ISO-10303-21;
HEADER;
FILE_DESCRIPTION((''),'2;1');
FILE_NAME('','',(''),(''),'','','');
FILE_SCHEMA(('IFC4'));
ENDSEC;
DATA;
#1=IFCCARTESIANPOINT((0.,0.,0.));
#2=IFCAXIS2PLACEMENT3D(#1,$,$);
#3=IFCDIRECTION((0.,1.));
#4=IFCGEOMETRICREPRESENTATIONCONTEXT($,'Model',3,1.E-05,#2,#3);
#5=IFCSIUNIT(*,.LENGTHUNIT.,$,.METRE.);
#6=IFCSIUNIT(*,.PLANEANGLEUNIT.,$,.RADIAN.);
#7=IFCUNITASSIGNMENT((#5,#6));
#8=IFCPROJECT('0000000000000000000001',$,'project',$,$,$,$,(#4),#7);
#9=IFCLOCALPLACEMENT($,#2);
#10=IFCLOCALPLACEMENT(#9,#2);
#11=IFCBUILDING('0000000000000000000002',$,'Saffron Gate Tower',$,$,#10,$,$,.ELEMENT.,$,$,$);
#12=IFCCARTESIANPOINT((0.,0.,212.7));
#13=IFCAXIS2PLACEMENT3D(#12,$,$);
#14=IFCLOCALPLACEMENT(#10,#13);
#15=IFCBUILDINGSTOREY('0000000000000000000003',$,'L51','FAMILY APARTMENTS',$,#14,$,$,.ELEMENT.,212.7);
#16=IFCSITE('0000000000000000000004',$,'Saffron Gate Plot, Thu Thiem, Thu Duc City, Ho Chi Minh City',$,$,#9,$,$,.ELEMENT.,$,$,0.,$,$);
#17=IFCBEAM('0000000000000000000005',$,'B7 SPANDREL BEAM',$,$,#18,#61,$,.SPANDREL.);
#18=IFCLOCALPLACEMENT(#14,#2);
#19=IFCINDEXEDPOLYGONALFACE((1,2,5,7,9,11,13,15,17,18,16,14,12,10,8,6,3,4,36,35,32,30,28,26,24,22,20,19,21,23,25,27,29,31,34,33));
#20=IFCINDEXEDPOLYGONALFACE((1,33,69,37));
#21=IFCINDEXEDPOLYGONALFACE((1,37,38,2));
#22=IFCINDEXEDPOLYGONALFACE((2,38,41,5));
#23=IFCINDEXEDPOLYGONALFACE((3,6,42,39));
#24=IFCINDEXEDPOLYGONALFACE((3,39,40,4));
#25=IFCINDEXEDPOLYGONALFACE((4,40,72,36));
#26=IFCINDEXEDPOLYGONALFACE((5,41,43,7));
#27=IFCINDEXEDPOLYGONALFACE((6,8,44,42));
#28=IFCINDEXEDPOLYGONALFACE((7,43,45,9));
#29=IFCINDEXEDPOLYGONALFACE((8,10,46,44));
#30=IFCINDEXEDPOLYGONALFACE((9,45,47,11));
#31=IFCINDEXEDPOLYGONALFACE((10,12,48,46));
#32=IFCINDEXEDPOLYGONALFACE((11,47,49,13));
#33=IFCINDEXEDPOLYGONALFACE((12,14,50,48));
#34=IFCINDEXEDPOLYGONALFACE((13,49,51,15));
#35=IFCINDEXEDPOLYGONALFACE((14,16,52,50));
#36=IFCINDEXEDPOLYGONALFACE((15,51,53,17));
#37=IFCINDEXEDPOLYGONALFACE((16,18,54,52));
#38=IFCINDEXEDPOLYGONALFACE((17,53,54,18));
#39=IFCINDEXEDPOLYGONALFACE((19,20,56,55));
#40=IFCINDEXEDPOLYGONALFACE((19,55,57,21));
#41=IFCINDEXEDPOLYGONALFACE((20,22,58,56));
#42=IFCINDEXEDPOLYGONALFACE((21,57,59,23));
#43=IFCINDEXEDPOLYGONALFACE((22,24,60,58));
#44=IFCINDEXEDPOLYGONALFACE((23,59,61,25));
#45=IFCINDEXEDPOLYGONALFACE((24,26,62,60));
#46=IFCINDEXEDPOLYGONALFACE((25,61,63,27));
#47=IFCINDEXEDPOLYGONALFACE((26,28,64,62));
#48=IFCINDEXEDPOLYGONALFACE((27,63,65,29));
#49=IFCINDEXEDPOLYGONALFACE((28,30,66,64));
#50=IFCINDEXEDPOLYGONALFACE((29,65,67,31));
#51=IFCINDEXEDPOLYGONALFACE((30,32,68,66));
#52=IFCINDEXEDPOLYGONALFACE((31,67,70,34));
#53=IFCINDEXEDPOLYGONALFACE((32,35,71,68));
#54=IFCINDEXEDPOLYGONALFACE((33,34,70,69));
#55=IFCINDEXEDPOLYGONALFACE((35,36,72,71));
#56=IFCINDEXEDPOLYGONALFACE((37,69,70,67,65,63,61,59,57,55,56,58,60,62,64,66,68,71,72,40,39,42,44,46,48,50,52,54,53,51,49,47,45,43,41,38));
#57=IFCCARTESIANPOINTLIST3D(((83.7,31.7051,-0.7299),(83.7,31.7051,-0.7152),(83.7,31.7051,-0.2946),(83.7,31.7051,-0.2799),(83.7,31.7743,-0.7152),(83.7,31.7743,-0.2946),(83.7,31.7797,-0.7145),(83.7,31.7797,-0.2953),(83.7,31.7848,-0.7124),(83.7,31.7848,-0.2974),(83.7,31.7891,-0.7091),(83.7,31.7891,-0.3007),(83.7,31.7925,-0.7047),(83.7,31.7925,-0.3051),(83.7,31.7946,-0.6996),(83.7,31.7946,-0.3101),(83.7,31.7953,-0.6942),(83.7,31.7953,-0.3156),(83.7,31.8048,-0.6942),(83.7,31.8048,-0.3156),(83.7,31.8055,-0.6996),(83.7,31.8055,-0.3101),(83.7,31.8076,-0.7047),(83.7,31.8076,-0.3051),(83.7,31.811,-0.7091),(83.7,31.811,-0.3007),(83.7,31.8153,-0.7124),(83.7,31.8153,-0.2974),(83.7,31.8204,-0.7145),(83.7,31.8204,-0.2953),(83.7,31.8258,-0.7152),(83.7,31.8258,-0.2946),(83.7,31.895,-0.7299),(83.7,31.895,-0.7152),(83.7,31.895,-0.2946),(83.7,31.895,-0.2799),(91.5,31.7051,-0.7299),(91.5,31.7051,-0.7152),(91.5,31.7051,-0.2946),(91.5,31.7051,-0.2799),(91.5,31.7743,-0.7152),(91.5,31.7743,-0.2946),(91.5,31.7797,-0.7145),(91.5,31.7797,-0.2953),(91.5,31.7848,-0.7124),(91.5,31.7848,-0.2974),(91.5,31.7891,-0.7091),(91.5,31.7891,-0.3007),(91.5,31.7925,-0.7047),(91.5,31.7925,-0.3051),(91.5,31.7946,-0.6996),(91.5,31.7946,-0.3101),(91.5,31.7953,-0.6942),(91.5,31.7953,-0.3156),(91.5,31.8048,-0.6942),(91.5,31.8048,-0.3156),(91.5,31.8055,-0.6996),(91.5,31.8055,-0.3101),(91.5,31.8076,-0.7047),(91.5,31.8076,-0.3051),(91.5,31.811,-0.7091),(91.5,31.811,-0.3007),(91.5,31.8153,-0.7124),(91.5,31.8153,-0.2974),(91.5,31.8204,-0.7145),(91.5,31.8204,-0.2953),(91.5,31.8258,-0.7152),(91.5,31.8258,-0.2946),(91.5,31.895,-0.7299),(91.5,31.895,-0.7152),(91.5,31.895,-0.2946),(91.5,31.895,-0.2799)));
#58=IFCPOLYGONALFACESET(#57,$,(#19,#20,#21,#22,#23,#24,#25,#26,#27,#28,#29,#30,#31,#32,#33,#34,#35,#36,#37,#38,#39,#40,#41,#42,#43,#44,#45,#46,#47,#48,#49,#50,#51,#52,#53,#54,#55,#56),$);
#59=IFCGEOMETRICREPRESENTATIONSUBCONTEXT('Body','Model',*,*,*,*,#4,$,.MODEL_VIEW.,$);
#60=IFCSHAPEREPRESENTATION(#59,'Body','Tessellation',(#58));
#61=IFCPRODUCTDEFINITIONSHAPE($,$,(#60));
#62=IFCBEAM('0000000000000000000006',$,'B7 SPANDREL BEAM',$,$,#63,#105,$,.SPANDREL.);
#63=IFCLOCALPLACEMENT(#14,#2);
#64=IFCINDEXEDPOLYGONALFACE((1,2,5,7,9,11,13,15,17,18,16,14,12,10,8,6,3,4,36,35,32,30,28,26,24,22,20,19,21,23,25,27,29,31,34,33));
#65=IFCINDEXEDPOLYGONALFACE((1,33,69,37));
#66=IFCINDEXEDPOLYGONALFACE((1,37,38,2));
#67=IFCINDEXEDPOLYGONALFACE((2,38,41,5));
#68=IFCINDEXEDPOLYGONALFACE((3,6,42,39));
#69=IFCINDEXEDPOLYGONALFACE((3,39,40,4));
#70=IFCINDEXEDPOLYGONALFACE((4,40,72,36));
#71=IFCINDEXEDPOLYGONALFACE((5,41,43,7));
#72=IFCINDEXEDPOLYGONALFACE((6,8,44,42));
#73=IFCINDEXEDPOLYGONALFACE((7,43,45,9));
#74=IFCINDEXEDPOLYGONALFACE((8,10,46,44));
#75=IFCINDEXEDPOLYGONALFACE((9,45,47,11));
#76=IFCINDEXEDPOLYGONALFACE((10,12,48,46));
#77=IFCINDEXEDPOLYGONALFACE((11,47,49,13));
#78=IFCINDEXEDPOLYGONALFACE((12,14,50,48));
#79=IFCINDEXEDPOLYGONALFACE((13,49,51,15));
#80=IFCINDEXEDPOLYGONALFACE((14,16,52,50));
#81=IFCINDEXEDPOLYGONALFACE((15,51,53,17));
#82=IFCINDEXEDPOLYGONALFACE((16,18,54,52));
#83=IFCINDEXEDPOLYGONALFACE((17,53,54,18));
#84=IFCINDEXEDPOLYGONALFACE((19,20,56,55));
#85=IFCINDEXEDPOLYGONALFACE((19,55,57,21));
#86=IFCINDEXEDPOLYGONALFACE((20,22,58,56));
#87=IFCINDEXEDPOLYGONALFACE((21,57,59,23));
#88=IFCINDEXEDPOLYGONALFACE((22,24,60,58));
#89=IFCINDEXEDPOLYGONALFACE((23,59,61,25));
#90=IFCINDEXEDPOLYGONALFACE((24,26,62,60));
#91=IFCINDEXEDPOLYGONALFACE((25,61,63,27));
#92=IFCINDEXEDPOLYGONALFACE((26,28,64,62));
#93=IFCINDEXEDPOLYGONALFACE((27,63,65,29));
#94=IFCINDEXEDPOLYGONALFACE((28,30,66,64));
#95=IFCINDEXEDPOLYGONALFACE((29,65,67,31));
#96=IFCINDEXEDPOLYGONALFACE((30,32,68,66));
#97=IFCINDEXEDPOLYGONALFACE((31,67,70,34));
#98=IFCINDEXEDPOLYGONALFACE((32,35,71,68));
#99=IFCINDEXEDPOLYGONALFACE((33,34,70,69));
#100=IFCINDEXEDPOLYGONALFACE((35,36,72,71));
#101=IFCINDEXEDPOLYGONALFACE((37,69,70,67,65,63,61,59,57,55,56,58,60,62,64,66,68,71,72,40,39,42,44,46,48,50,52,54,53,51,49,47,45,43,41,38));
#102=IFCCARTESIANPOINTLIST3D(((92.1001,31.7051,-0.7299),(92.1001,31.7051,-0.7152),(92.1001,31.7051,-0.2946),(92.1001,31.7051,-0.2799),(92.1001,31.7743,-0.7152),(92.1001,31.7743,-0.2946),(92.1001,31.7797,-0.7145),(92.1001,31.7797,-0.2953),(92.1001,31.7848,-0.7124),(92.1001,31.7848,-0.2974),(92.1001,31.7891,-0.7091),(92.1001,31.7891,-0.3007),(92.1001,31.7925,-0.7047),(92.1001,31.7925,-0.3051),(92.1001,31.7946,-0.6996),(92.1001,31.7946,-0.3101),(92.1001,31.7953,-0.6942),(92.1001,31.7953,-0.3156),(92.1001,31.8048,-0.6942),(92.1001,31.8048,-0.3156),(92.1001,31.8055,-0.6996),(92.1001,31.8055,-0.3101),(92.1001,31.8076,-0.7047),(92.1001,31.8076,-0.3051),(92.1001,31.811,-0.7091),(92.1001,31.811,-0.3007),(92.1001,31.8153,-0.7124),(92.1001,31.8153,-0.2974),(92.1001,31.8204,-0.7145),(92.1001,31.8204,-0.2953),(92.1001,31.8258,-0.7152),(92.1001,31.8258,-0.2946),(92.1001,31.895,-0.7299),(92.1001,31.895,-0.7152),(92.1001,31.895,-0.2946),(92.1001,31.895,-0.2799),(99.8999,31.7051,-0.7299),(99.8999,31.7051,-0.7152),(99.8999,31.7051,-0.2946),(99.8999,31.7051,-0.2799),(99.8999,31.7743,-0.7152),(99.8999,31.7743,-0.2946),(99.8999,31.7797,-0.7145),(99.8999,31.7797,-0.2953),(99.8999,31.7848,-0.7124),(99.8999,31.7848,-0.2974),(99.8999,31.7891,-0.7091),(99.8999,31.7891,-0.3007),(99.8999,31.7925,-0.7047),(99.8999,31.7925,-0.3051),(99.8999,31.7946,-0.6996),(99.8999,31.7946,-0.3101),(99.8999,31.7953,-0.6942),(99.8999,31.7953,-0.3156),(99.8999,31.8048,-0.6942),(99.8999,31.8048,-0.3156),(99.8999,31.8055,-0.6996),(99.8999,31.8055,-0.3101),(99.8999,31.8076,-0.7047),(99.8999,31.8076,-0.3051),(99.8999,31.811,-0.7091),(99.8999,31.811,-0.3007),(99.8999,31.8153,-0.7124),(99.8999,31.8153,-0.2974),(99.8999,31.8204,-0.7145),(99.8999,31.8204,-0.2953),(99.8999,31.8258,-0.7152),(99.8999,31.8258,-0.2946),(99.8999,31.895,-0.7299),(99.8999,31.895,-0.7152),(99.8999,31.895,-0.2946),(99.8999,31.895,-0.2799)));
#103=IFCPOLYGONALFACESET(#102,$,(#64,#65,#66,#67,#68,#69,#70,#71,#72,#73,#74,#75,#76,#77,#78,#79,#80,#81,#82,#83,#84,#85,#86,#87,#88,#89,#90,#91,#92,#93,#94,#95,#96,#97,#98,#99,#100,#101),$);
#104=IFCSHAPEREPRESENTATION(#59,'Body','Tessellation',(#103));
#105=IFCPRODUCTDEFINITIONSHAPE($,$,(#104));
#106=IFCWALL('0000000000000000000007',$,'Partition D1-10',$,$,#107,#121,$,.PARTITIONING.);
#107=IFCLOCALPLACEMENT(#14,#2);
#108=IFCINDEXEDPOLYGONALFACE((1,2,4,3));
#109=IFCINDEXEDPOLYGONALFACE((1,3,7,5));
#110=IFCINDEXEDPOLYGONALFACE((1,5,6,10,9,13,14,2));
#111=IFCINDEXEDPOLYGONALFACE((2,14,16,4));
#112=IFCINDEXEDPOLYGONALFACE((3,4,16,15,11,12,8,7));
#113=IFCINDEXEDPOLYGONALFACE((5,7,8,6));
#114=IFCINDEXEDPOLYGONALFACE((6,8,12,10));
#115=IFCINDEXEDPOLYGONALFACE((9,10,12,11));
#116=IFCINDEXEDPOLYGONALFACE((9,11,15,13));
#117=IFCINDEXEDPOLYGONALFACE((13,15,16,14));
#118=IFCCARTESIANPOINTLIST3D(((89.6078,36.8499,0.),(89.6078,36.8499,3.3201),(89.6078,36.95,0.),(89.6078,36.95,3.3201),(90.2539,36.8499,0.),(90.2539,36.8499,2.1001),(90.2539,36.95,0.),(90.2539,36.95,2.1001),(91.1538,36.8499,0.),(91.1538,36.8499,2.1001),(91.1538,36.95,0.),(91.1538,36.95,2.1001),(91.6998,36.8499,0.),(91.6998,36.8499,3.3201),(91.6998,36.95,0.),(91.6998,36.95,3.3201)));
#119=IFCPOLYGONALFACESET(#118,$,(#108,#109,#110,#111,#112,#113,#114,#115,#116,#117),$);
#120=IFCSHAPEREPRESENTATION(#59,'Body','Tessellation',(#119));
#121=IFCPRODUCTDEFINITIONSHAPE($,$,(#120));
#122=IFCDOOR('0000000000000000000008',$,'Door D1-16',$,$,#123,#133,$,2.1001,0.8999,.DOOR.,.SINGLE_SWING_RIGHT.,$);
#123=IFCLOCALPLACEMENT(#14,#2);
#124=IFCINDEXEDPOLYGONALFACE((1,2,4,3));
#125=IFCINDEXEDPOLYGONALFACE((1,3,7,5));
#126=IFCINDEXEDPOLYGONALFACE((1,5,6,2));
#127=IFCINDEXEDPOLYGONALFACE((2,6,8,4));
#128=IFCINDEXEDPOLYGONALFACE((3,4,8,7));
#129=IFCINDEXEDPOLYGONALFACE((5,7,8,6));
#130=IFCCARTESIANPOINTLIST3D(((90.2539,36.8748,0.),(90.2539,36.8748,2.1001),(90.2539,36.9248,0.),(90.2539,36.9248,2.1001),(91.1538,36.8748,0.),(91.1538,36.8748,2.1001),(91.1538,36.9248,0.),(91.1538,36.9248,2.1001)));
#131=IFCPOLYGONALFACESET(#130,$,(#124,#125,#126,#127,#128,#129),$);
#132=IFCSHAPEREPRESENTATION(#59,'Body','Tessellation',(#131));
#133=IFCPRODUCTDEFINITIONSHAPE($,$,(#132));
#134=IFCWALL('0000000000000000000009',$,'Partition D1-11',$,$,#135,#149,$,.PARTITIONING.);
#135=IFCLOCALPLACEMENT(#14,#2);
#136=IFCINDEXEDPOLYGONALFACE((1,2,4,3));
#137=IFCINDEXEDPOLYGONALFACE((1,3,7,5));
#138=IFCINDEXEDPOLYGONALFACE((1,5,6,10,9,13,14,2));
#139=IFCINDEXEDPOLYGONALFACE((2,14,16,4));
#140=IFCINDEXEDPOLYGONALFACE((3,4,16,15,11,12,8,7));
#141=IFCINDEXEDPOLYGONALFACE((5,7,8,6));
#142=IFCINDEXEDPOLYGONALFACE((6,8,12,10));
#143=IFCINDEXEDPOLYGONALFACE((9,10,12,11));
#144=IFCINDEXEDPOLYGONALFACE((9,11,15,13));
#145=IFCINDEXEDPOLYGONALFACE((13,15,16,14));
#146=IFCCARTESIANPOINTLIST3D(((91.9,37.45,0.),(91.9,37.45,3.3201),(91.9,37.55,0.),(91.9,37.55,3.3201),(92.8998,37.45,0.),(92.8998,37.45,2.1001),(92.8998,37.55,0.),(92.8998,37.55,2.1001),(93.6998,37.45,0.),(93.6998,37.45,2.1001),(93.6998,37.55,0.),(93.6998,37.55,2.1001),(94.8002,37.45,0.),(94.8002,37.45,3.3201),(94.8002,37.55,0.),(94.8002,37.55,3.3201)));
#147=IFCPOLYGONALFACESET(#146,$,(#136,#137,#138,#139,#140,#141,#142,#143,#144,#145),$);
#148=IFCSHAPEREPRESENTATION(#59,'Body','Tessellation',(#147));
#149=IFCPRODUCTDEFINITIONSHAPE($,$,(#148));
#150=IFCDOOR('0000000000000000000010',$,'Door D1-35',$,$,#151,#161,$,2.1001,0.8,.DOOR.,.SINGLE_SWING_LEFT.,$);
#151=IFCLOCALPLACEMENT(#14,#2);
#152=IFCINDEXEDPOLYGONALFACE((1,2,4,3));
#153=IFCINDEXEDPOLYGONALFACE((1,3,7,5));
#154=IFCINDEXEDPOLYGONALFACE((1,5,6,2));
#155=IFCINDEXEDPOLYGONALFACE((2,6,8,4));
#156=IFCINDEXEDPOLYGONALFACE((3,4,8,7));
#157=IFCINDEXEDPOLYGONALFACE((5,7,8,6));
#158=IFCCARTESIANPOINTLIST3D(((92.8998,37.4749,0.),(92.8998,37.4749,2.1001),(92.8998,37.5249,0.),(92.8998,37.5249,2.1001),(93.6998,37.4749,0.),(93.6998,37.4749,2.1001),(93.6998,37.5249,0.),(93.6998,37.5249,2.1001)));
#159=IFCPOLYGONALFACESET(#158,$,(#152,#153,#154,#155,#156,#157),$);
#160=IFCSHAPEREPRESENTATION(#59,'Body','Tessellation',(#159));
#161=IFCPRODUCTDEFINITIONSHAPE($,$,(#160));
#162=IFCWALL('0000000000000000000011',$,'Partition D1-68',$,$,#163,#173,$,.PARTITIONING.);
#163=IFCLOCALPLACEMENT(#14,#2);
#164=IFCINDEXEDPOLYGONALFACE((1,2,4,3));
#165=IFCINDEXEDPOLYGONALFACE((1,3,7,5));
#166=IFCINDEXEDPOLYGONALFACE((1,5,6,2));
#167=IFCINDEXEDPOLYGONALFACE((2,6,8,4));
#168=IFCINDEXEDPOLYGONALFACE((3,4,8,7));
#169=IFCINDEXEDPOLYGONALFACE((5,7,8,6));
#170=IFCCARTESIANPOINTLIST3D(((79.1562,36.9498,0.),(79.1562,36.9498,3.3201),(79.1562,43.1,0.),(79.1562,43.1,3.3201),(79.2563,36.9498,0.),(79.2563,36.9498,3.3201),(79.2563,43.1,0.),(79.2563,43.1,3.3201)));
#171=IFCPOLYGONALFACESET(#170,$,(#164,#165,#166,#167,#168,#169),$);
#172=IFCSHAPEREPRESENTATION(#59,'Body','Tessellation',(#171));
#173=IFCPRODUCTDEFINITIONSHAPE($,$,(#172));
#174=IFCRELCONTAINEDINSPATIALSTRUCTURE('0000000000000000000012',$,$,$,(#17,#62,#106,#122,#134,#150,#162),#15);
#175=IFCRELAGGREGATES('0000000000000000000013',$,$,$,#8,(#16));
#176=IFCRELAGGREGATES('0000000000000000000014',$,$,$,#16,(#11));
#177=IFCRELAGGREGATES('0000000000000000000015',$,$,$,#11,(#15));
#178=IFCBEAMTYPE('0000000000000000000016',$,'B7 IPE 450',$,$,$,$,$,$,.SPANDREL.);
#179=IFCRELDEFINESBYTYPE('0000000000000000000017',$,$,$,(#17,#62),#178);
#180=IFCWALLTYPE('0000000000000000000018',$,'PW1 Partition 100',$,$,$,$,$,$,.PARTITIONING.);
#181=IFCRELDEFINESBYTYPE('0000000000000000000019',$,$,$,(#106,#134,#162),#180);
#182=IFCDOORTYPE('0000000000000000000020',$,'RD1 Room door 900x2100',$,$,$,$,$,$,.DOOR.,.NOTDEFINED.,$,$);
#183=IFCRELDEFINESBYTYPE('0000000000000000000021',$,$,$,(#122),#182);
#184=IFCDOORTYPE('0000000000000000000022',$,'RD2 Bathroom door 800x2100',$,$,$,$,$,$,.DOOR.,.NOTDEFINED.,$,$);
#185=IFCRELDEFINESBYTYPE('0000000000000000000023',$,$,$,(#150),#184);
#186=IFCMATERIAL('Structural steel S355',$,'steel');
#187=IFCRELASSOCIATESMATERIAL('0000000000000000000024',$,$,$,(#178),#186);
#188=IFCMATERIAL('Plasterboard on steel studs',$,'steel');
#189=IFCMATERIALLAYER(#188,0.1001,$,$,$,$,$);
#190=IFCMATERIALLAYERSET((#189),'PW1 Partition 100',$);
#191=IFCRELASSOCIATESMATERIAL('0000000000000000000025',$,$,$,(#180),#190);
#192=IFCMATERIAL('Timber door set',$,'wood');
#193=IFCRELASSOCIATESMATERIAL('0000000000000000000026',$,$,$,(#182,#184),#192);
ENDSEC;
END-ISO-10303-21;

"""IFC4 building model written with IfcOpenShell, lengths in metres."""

from ifc_helpers import new_model, si_unit, direction, frame, frame_2d, origin, origin_2d, place, context, subcontext, project, spatial, rectangle, i_section, extrude, material, layer, layer_set, material_profile, profile_set, type_object, element, fill, save


model = new_model("IFC4")

# Units and contexts
model_context = context("Model", 3, precision=1e-05, world=origin(), true_north=direction((0.0, 1.0)))
body_context = subcontext(model_context, "Body", "Model", "MODEL_VIEW")
ifc_project = project(units=[si_unit("LENGTHUNIT", "METRE"), si_unit("PLANEANGLEUNIT", "RADIAN")], contexts=[model_context])

# Site, building, storey
site_placement = place(None, origin())
site = spatial("IfcSite", under=ifc_project, at=site_placement, Name="Saffron Gate Plot, Thu Thiem, Thu Duc City, Ho Chi Minh City", CompositionType="ELEMENT", RefElevation=0.0)
building_placement = place(site_placement, origin())
building = spatial("IfcBuilding", under=site, at=building_placement, Name="Saffron Gate Tower", CompositionType="ELEMENT")
storey_placement = place(building_placement, frame((0.0, 0.0, 212.7)))
storey = spatial("IfcBuildingStorey", under=building, at=storey_placement, Name="L51", Description="FAMILY APARTMENTS", CompositionType="ELEMENT", Elevation=212.7)

# Beams
ifc_material_1 = material(Name="Structural steel S355", Category="steel")
ifc_material_profile_1 = material_profile(ifc_material_1, i_section(OverallWidth=0.1899, OverallDepth=0.45, WebThickness=0.0095, FlangeThickness=0.0146, FilletRadius=0.021, at=origin_2d()))
ifc_profile_set_1 = profile_set([ifc_material_profile_1], Name="Structural steel S355")
beam_type_1 = type_object("IfcBeamType", Name="B7 IPE 450", PredefinedType="SPANDREL", material=ifc_profile_set_1)
beam_1_placement = place(storey_placement, frame((83.7, 31.8, -0.5049), z_axis=(1.0, 0.0, 0.0), x_axis=(0.0, 1.0, 0.0)))
element("IfcBeam", 1, at=beam_1_placement, inside=storey, type_object=beam_type_1, Name="B7 SPANDREL BEAM", PredefinedType="SPANDREL", context=body_context, shape_type="SweptSolid", body=[
    extrude(i_section(OverallWidth=0.1899, OverallDepth=0.45, WebThickness=0.0095, FlangeThickness=0.0146, FilletRadius=0.021, at=origin_2d()), origin(), (0.0, 0.0, 1.0), 7.8),
])
beam_2_placement = place(storey_placement, frame((92.1001, 31.8, -0.5049), z_axis=(1.0, 0.0, 0.0), x_axis=(0.0, 1.0, 0.0)))
element("IfcBeam", 2, at=beam_2_placement, inside=storey, type_object=beam_type_1, Name="B7 SPANDREL BEAM", PredefinedType="SPANDREL", context=body_context, shape_type="SweptSolid", body=[
    extrude(i_section(OverallWidth=0.1899, OverallDepth=0.45, WebThickness=0.0095, FlangeThickness=0.0146, FilletRadius=0.021, at=origin_2d()), origin(), (0.0, 0.0, 1.0), 7.7998),
])

# Walls, openings, doors
ifc_material_2 = material(Name="Plasterboard on steel studs", Category="steel")
ifc_layer_1 = layer(ifc_material_2, 0.1001)
ifc_layer_set_1 = layer_set([ifc_layer_1], Name="PW1 Partition 100")
wall_type_1 = type_object("IfcWallType", Name="PW1 Partition 100", PredefinedType="PARTITIONING", material=ifc_layer_set_1)
wall_1_placement = place(storey_placement, frame((89.6079, 36.8999, 0.0), z_axis=(0.0, 0.0, 1.0), x_axis=(1.0, 0.0, 0.0)))
wall_1 = element("IfcWall", 3, at=wall_1_placement, inside=storey, type_object=wall_type_1, Name="Partition D1-10", PredefinedType="PARTITIONING", context=body_context, shape_type="SweptSolid", body=[
    extrude(rectangle(XDim=2.092, YDim=0.1001, at=frame_2d((1.0459, 0.0))), origin(), (0.0, 0.0, 1.0), 3.3201),
])
opening_1_placement = place(wall_1_placement, frame((0.646, 0.0, 0.0)))
opening_1 = element("IfcOpeningElement", 4, at=opening_1_placement, cuts=wall_1, PredefinedType="OPENING", context=body_context, shape_type="SweptSolid", body=[
    extrude(rectangle(XDim=0.8999, YDim=2.1001, at=frame_2d((0.45, 1.05))), frame((0.0, 0.0601, 0.0), z_axis=(0.0, -1.0, 0.0), x_axis=(1.0, 0.0, 0.0)), (0.0, 0.0, 1.0), 0.1201),
])
ifc_material_3 = material(Name="Timber door set", Category="wood")
door_type_1 = type_object("IfcDoorType", Name="RD1 Room door 900x2100", OperationType="NOTDEFINED", PredefinedType="DOOR", material=ifc_material_3)
door_1_placement = place(opening_1_placement, origin())
door_1 = element("IfcDoor", 5, at=door_1_placement, inside=storey, type_object=door_type_1, Name="Door D1-16", OperationType="SINGLE_SWING_RIGHT", OverallHeight=2.1001, OverallWidth=0.8999, PredefinedType="DOOR", context=body_context, shape_type="SweptSolid", body=[
    extrude(rectangle(XDim=0.8999, YDim=2.1001, at=frame_2d((0.45, 1.05))), frame((0.0, 0.0249, 0.0), z_axis=(0.0, -1.0, 0.0), x_axis=(1.0, 0.0, 0.0)), (0.0, 0.0, 1.0), 0.05),
])
fill(opening_1, door_1)
wall_2_placement = place(storey_placement, frame((91.8999, 37.5, 0.0), z_axis=(0.0, 0.0, 1.0), x_axis=(1.0, 0.0, 0.0)))
wall_2 = element("IfcWall", 6, at=wall_2_placement, inside=storey, type_object=wall_type_1, Name="Partition D1-11", PredefinedType="PARTITIONING", context=body_context, shape_type="SweptSolid", body=[
    extrude(rectangle(XDim=2.9001, YDim=0.1001, at=frame_2d((1.4502, 0.0))), origin(), (0.0, 0.0, 1.0), 3.3201),
])
opening_2_placement = place(wall_2_placement, frame((1.0, 0.0, 0.0)))
opening_2 = element("IfcOpeningElement", 7, at=opening_2_placement, cuts=wall_2, PredefinedType="OPENING", context=body_context, shape_type="SweptSolid", body=[
    extrude(rectangle(XDim=0.8, YDim=2.1001, at=frame_2d((0.3999, 1.05))), frame((0.0, 0.0601, 0.0), z_axis=(0.0, -1.0, 0.0), x_axis=(1.0, 0.0, 0.0)), (0.0, 0.0, 1.0), 0.1201),
])
door_type_2 = type_object("IfcDoorType", Name="RD2 Bathroom door 800x2100", OperationType="NOTDEFINED", PredefinedType="DOOR", material=ifc_material_3)
door_2_placement = place(opening_2_placement, origin())
door_2 = element("IfcDoor", 8, at=door_2_placement, inside=storey, type_object=door_type_2, Name="Door D1-35", OperationType="SINGLE_SWING_LEFT", OverallHeight=2.1001, OverallWidth=0.8, PredefinedType="DOOR", context=body_context, shape_type="SweptSolid", body=[
    extrude(rectangle(XDim=0.8, YDim=2.1001, at=frame_2d((0.3999, 1.05))), frame((0.0, 0.0249, 0.0), z_axis=(0.0, -1.0, 0.0), x_axis=(1.0, 0.0, 0.0)), (0.0, 0.0, 1.0), 0.05),
])
fill(opening_2, door_2)

# Wall
wall_3_placement = place(storey_placement, frame((79.2063, 43.1001, 0.0), z_axis=(0.0, 0.0, 1.0), x_axis=(0.0, -1.0, 0.0)))
element("IfcWall", 9, at=wall_3_placement, inside=storey, type_object=wall_type_1, Name="Partition D1-68", PredefinedType="PARTITIONING", context=body_context, shape_type="SweptSolid", body=[
    extrude(rectangle(XDim=6.1501, YDim=0.1001, at=frame_2d((3.0752, 0.0))), origin(), (0.0, 0.0, 1.0), 3.3201),
])

save(model, "model.ifc")
